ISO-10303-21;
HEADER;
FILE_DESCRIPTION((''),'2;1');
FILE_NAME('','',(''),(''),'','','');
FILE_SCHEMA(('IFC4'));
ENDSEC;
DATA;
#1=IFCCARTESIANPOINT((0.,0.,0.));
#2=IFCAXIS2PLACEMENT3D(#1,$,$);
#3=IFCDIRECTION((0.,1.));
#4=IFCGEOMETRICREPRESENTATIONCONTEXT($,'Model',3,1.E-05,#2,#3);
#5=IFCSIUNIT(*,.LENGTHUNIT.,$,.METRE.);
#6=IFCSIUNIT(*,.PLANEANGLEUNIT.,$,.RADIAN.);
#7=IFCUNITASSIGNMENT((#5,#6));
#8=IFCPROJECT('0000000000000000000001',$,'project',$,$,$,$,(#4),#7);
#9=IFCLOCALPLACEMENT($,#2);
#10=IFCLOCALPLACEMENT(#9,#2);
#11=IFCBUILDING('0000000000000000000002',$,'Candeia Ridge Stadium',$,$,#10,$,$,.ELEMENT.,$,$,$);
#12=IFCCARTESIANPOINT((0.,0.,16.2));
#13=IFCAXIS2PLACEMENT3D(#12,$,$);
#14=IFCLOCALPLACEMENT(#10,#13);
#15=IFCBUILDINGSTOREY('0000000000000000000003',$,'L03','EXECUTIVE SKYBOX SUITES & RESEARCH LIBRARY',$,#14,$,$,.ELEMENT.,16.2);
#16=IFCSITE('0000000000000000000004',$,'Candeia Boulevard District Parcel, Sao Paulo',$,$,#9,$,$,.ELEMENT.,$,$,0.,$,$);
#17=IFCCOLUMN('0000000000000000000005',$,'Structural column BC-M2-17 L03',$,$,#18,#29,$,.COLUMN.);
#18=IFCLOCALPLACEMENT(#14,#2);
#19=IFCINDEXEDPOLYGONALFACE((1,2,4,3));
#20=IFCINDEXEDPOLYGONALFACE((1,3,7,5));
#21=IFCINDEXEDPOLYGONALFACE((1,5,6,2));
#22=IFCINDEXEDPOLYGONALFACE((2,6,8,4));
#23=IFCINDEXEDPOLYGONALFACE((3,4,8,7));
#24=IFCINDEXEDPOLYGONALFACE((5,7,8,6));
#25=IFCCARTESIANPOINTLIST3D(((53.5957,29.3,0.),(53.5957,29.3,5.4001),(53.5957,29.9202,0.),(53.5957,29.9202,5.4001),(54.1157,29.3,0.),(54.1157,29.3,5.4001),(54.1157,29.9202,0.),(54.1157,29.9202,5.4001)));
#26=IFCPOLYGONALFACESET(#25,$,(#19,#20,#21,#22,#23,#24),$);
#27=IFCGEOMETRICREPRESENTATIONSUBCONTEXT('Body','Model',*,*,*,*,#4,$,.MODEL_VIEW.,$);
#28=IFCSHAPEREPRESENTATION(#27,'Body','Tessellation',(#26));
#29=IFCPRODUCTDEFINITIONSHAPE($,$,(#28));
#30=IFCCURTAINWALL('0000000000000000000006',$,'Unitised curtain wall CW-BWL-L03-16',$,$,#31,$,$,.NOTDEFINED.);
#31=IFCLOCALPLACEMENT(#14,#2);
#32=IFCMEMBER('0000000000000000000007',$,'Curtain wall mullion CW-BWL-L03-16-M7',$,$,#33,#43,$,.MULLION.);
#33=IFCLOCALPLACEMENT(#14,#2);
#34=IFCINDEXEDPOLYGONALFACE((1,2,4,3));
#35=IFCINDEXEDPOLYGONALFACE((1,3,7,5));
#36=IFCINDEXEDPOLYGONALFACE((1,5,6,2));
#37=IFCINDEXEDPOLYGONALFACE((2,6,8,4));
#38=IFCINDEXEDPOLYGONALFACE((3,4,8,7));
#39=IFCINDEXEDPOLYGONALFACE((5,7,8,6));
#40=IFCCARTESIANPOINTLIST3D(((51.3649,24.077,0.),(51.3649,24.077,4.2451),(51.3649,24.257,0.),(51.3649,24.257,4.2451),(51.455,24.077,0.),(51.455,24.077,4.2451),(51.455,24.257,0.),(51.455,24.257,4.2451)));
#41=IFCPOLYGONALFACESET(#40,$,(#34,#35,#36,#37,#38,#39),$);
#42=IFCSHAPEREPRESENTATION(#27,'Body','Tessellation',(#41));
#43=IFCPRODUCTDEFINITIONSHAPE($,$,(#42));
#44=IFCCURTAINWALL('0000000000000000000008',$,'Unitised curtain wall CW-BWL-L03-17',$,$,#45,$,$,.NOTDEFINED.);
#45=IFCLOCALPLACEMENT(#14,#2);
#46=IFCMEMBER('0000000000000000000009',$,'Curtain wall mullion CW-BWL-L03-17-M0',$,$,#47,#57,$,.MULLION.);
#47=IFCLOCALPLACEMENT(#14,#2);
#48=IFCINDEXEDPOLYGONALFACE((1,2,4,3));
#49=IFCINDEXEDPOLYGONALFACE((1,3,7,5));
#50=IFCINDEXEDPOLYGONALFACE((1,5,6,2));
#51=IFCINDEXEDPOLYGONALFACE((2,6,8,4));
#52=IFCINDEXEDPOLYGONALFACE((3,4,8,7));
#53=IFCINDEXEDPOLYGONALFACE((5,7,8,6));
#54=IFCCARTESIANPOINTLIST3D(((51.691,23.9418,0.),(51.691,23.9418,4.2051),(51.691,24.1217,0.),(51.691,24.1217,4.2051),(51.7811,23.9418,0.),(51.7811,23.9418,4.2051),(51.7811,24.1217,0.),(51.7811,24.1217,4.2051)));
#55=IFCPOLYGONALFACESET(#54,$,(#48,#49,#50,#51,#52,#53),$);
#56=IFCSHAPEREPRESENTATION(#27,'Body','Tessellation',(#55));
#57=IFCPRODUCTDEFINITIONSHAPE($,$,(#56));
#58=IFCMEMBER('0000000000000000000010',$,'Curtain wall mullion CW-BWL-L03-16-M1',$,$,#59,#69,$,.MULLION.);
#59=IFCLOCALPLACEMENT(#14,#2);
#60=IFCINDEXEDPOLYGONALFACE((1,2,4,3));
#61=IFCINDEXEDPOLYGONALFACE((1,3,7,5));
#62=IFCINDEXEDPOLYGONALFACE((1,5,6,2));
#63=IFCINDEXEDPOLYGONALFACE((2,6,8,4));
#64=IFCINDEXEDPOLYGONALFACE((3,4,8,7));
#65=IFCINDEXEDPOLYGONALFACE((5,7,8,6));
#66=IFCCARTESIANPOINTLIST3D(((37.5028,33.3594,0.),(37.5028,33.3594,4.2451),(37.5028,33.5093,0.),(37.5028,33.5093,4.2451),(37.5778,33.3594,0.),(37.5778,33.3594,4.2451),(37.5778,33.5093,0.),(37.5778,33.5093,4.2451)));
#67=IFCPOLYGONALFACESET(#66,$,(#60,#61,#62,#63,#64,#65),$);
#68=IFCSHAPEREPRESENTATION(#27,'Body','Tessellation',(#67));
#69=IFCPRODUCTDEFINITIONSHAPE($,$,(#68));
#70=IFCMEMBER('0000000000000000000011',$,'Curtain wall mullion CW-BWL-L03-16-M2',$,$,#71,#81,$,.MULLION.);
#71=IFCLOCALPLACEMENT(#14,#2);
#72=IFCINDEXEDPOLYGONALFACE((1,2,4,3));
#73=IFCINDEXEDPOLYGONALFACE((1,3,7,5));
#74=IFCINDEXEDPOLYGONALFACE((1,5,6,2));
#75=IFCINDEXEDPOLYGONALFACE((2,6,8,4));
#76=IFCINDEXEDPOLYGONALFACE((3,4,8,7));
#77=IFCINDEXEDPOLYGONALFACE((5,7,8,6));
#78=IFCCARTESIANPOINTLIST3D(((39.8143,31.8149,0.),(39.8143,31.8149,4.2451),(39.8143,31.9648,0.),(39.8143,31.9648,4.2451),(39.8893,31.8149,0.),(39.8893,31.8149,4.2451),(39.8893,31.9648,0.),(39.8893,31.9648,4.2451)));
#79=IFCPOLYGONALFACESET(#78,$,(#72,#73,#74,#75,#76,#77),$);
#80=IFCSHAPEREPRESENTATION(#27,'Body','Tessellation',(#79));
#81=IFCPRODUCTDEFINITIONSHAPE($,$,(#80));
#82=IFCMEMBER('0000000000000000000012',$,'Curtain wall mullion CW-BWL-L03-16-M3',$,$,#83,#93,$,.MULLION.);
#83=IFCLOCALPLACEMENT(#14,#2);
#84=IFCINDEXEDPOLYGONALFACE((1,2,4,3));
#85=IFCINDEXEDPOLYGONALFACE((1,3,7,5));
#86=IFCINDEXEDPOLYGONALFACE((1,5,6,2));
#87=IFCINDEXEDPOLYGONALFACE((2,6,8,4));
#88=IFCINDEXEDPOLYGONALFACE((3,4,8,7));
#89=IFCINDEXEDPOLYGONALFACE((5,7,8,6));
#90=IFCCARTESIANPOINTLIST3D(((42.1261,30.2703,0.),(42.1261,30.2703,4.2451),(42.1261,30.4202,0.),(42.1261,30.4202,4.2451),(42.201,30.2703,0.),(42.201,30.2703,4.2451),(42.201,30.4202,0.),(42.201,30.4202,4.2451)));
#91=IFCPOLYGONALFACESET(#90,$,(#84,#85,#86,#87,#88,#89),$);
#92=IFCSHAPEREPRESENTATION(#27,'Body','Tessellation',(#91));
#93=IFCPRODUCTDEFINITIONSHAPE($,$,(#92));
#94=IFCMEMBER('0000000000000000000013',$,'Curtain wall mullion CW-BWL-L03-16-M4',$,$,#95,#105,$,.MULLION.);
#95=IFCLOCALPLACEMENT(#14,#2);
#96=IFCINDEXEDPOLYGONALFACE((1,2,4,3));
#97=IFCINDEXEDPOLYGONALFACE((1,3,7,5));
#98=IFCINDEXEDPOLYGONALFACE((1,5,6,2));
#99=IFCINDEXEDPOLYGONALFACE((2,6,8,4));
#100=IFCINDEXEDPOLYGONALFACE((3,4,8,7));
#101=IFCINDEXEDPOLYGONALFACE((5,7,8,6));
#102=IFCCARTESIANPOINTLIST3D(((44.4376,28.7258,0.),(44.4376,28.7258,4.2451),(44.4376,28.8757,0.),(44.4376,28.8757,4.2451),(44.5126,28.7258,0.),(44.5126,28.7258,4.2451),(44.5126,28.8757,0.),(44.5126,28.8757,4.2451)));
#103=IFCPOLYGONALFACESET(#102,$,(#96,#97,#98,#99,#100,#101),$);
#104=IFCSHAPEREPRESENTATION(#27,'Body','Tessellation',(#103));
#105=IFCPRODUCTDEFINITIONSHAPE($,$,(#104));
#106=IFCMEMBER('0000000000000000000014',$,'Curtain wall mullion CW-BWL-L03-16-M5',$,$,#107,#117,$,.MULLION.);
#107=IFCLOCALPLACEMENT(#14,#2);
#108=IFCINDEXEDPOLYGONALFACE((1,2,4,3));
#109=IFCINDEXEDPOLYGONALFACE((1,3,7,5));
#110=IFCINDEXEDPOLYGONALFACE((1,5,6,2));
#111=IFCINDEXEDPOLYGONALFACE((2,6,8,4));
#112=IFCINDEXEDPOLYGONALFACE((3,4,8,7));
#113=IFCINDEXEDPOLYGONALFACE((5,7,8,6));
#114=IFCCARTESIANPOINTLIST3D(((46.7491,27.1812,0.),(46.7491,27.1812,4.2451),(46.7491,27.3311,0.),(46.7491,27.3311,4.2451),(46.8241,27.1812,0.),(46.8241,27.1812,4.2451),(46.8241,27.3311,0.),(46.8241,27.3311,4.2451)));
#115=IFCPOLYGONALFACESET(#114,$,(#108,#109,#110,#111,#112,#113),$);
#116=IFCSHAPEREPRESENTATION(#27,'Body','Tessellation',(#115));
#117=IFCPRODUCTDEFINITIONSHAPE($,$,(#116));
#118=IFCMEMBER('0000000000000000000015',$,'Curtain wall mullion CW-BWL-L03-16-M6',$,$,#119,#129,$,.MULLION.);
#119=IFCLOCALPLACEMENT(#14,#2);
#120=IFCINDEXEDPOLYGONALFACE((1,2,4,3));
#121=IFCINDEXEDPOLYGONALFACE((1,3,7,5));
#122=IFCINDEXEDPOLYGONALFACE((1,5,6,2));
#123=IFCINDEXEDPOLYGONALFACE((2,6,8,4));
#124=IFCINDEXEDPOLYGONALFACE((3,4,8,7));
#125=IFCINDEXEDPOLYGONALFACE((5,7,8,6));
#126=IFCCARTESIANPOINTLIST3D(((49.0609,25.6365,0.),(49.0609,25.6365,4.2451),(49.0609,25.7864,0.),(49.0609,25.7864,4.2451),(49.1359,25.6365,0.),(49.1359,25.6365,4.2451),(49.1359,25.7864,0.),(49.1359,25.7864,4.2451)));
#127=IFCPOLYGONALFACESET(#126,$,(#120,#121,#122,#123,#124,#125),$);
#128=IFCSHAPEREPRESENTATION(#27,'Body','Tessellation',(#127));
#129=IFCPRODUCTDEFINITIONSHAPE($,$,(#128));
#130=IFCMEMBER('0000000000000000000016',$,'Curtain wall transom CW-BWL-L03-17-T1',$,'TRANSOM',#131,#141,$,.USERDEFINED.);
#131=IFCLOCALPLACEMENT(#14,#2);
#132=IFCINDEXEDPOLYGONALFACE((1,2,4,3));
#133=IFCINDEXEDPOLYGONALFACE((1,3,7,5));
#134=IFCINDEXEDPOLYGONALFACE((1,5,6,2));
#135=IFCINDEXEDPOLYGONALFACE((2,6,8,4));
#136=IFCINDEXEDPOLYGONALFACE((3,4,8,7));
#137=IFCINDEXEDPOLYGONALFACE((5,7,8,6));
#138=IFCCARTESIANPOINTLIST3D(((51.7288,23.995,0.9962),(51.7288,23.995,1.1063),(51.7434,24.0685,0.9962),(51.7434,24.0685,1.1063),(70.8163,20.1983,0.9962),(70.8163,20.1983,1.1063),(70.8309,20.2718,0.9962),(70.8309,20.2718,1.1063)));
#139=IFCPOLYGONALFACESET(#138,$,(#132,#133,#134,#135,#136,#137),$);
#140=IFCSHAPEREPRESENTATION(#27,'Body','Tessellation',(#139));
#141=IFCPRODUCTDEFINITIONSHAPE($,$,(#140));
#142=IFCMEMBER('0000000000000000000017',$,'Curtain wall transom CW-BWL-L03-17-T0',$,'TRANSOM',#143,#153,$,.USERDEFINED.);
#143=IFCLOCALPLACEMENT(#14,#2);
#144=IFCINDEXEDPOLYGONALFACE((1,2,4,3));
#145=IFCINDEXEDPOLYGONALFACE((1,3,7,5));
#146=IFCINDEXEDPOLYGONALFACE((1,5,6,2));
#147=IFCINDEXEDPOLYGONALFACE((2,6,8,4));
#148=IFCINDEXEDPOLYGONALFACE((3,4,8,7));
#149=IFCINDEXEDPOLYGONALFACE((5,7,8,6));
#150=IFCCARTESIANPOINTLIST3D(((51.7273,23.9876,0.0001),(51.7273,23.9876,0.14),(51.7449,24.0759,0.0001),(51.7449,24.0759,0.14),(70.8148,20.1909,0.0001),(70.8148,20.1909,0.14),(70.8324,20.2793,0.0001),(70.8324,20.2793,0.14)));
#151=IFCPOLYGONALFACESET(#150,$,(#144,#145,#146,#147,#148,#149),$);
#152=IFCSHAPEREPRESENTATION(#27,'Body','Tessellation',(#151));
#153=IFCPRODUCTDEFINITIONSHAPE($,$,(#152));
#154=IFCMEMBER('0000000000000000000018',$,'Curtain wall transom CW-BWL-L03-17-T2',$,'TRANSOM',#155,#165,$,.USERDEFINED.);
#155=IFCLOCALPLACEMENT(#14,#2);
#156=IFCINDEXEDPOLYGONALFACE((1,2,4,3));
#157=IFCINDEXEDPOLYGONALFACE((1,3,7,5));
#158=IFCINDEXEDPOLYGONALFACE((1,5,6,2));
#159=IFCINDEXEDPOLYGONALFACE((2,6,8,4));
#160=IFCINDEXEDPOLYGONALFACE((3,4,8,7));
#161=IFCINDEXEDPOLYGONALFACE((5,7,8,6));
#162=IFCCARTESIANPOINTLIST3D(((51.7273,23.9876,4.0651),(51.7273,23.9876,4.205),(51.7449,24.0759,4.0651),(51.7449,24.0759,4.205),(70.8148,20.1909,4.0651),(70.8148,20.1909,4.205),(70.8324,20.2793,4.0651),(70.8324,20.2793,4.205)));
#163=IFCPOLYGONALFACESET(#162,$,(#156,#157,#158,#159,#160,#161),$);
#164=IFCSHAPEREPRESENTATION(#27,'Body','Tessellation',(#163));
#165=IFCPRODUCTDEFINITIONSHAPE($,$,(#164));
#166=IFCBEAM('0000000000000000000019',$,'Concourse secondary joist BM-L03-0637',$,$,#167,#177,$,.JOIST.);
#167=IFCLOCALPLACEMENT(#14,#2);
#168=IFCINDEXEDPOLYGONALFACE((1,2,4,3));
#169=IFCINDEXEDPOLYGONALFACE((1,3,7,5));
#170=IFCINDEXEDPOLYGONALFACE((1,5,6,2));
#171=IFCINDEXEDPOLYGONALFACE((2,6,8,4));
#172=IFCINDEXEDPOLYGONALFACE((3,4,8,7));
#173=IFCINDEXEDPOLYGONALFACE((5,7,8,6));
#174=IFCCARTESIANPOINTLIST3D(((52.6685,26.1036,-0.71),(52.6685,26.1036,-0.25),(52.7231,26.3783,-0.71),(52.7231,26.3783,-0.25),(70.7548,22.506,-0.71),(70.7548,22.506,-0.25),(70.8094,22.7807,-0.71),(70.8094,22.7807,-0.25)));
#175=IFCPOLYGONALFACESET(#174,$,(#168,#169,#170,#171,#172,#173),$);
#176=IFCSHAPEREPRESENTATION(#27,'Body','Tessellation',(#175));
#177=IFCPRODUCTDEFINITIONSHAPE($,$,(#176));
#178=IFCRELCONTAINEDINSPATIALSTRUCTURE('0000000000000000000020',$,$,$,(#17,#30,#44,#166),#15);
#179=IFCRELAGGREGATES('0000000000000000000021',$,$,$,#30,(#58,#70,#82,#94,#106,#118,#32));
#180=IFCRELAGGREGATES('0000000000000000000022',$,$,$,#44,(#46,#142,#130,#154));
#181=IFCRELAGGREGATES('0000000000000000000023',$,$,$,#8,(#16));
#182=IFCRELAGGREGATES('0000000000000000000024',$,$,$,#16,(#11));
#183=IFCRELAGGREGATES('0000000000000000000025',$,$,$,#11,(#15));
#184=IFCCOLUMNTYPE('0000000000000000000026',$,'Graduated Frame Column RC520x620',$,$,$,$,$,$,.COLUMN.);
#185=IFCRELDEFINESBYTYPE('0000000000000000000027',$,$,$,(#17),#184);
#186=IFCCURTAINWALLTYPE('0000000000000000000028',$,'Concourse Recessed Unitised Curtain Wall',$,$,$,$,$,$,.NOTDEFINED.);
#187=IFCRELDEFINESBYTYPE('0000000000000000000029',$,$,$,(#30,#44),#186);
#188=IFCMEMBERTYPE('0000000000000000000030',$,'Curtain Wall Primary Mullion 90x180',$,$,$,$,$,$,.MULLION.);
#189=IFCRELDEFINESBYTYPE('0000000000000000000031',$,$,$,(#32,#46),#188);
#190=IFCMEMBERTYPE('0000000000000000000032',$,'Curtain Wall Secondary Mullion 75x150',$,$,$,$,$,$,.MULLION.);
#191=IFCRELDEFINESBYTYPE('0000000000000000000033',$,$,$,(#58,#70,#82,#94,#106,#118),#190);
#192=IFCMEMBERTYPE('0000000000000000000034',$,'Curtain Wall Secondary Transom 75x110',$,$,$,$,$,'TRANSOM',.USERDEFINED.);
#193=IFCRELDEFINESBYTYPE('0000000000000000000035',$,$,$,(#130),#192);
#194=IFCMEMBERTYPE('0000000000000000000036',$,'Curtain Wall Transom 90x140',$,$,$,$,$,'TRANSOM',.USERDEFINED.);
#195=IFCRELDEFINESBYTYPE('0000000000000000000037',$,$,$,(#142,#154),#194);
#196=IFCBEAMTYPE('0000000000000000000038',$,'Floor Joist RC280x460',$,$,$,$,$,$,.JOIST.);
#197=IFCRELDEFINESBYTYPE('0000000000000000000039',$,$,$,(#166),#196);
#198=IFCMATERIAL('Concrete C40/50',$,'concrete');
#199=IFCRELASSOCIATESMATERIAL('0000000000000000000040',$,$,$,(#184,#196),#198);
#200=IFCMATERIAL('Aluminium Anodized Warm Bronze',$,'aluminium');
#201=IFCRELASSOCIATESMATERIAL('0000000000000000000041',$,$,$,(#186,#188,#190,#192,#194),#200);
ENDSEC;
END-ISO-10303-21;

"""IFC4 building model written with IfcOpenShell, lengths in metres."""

from ifc_helpers import new_model, si_unit, direction, frame, origin, origin_2d, place, context, subcontext, project, spatial, rectangle, extrude, material, material_profile, profile_set, type_object, element, aggregate, save


model = new_model("IFC4")

# Units and contexts
model_context = context("Model", 3, precision=1e-05, world=origin(), true_north=direction((0.0, 1.0)))
body_context = subcontext(model_context, "Body", "Model", "MODEL_VIEW")
ifc_project = project(units=[si_unit("LENGTHUNIT", "METRE"), si_unit("PLANEANGLEUNIT", "RADIAN")], contexts=[model_context])

# Site, building, storey
site_placement = place(None, origin())
site = spatial("IfcSite", under=ifc_project, at=site_placement, Name="Candeia Boulevard District Parcel, Sao Paulo", CompositionType="ELEMENT", RefElevation=0.0)
building_placement = place(site_placement, origin())
building = spatial("IfcBuilding", under=site, at=building_placement, Name="Candeia Ridge Stadium", CompositionType="ELEMENT")
storey_placement = place(building_placement, frame((0.0, 0.0, 16.2)))
storey = spatial("IfcBuildingStorey", under=building, at=storey_placement, Name="L03", Description="EXECUTIVE SKYBOX SUITES & RESEARCH LIBRARY", CompositionType="ELEMENT", Elevation=16.2)

# Column
ifc_material_1 = material(Name="Concrete C40/50", Category="concrete")
ifc_material_profile_1 = material_profile(ifc_material_1, rectangle(XDim=0.52, YDim=0.6201, at=origin_2d()), Name="RC520x620", Category="concrete")
ifc_profile_set_1 = profile_set([ifc_material_profile_1], Name="Concrete C40/50")
column_type = type_object("IfcColumnType", Name="Graduated Frame Column RC520x620", PredefinedType="COLUMN", material=ifc_profile_set_1)
column_placement = place(storey_placement, frame((53.8557, 29.6101, 0.0), z_axis=(0.0, 0.0, 1.0), x_axis=(1.0, 0.0, 0.0)))
element("IfcColumn", 1, at=column_placement, inside=storey, type_object=column_type, Name="Structural column BC-M2-17 L03", PredefinedType="COLUMN", context=body_context, shape_type="SweptSolid", body=[
    extrude(rectangle(XDim=0.52, YDim=0.6201, at=origin_2d()), origin(), (0.0, 0.0, 1.0), 5.4001),
])

# Curtain walls, members
ifc_material_2 = material(Name="Aluminium Anodized Warm Bronze", Category="aluminium")
curtain_wall_type = type_object("IfcCurtainWallType", Name="Concourse Recessed Unitised Curtain Wall", PredefinedType="NOTDEFINED", material=ifc_material_2)
curtain_wall_1_placement = place(storey_placement, origin())
curtain_wall_1 = element("IfcCurtainWall", 2, at=curtain_wall_1_placement, inside=storey, type_object=curtain_wall_type, Name="Unitised curtain wall CW-BWL-L03-16", PredefinedType="NOTDEFINED")
ifc_material_profile_2 = material_profile(ifc_material_2, rectangle(XDim=0.0901, YDim=0.1799, at=origin_2d()), Name="CWM-90x180", Category="aluminium")
ifc_profile_set_2 = profile_set([ifc_material_profile_2], Name="Aluminium Anodized Warm Bronze")
member_type_1 = type_object("IfcMemberType", Name="Curtain Wall Primary Mullion 90x180", PredefinedType="MULLION", material=ifc_profile_set_2)
member_1_placement = place(storey_placement, frame((51.4099, 24.167, 0.0), z_axis=(0.0, 0.0, 1.0), x_axis=(1.0, 0.0, 0.0)))
member_1 = element("IfcMember", 3, at=member_1_placement, type_object=member_type_1, Name="Curtain wall mullion CW-BWL-L03-16-M7", PredefinedType="MULLION", context=body_context, shape_type="SweptSolid", body=[
    extrude(rectangle(XDim=0.0901, YDim=0.1799, at=origin_2d()), origin(), (0.0, 0.0, 1.0), 4.2451),
])
curtain_wall_2_placement = place(storey_placement, origin())
curtain_wall_2 = element("IfcCurtainWall", 4, at=curtain_wall_2_placement, inside=storey, type_object=curtain_wall_type, Name="Unitised curtain wall CW-BWL-L03-17", PredefinedType="NOTDEFINED")
member_2_placement = place(storey_placement, frame((51.7361, 24.0317, 0.0), z_axis=(0.0, 0.0, 1.0), x_axis=(1.0, 0.0, 0.0)))
member_2 = element("IfcMember", 5, at=member_2_placement, type_object=member_type_1, Name="Curtain wall mullion CW-BWL-L03-17-M0", PredefinedType="MULLION", context=body_context, shape_type="SweptSolid", body=[
    extrude(rectangle(XDim=0.0901, YDim=0.1799, at=origin_2d()), origin(), (0.0, 0.0, 1.0), 4.2051),
])

# Members
ifc_material_profile_3 = material_profile(ifc_material_2, rectangle(XDim=0.075, YDim=0.1499, at=origin_2d()), Name="CWM-75x150", Category="aluminium")
ifc_profile_set_3 = profile_set([ifc_material_profile_3], Name="Aluminium Anodized Warm Bronze")
member_type_2 = type_object("IfcMemberType", Name="Curtain Wall Secondary Mullion 75x150", PredefinedType="MULLION", material=ifc_profile_set_3)
member_3_placement = place(storey_placement, frame((37.5403, 33.4343, 0.0), z_axis=(0.0, 0.0, 1.0), x_axis=(1.0, 0.0, 0.0)))
member_3 = element("IfcMember", 6, at=member_3_placement, type_object=member_type_2, Name="Curtain wall mullion CW-BWL-L03-16-M1", PredefinedType="MULLION", context=body_context, shape_type="SweptSolid", body=[
    extrude(rectangle(XDim=0.075, YDim=0.1499, at=origin_2d()), origin(), (0.0, 0.0, 1.0), 4.2451),
])
member_4_placement = place(storey_placement, frame((39.8518, 31.8899, 0.0), z_axis=(0.0, 0.0, 1.0), x_axis=(1.0, 0.0, 0.0)))
member_4 = element("IfcMember", 7, at=member_4_placement, type_object=member_type_2, Name="Curtain wall mullion CW-BWL-L03-16-M2", PredefinedType="MULLION", context=body_context, shape_type="SweptSolid", body=[
    extrude(rectangle(XDim=0.075, YDim=0.1499, at=origin_2d()), origin(), (0.0, 0.0, 1.0), 4.2451),
])
member_5_placement = place(storey_placement, frame((42.1636, 30.3452, 0.0), z_axis=(0.0, 0.0, 1.0), x_axis=(1.0, 0.0, 0.0)))
member_5 = element("IfcMember", 8, at=member_5_placement, type_object=member_type_2, Name="Curtain wall mullion CW-BWL-L03-16-M3", PredefinedType="MULLION", context=body_context, shape_type="SweptSolid", body=[
    extrude(rectangle(XDim=0.075, YDim=0.1499, at=origin_2d()), origin(), (0.0, 0.0, 1.0), 4.2451),
])
member_6_placement = place(storey_placement, frame((44.4751, 28.8008, 0.0), z_axis=(0.0, 0.0, 1.0), x_axis=(1.0, 0.0, 0.0)))
member_6 = element("IfcMember", 9, at=member_6_placement, type_object=member_type_2, Name="Curtain wall mullion CW-BWL-L03-16-M4", PredefinedType="MULLION", context=body_context, shape_type="SweptSolid", body=[
    extrude(rectangle(XDim=0.075, YDim=0.1499, at=origin_2d()), origin(), (0.0, 0.0, 1.0), 4.2451),
])
member_7_placement = place(storey_placement, frame((46.7866, 27.2561, 0.0), z_axis=(0.0, 0.0, 1.0), x_axis=(1.0, 0.0, 0.0)))
member_7 = element("IfcMember", 10, at=member_7_placement, type_object=member_type_2, Name="Curtain wall mullion CW-BWL-L03-16-M5", PredefinedType="MULLION", context=body_context, shape_type="SweptSolid", body=[
    extrude(rectangle(XDim=0.075, YDim=0.1499, at=origin_2d()), origin(), (0.0, 0.0, 1.0), 4.2451),
])
member_8_placement = place(storey_placement, frame((49.0984, 25.7114, 0.0), z_axis=(0.0, 0.0, 1.0), x_axis=(1.0, 0.0, 0.0)))
member_8 = element("IfcMember", 11, at=member_8_placement, type_object=member_type_2, Name="Curtain wall mullion CW-BWL-L03-16-M6", PredefinedType="MULLION", context=body_context, shape_type="SweptSolid", body=[
    extrude(rectangle(XDim=0.075, YDim=0.1499, at=origin_2d()), origin(), (0.0, 0.0, 1.0), 4.2451),
])
ifc_material_profile_4 = material_profile(ifc_material_2, rectangle(XDim=0.075, YDim=0.1101, at=origin_2d()), Name="CWT-75x110", Category="aluminium")
ifc_profile_set_4 = profile_set([ifc_material_profile_4], Name="Aluminium Anodized Warm Bronze")
member_type_3 = type_object("IfcMemberType", Name="Curtain Wall Secondary Transom 75x110", ElementType="TRANSOM", PredefinedType="USERDEFINED", material=ifc_profile_set_4)
member_9_placement = place(storey_placement, frame((51.7361, 24.0317, 1.0513), z_axis=(0.980786, -0.195086, 0.0), x_axis=(0.195086, 0.980786, 0.0)))
member_9 = element("IfcMember", 12, at=member_9_placement, type_object=member_type_3, Name="Curtain wall transom CW-BWL-L03-17-T1", ObjectType="TRANSOM", PredefinedType="USERDEFINED", context=body_context, shape_type="SweptSolid", body=[
    extrude(rectangle(XDim=0.075, YDim=0.1101, at=origin_2d()), origin(), (0.0, 0.0, 1.0), 19.4614),
])
ifc_material_profile_5 = material_profile(ifc_material_2, rectangle(XDim=0.0901, YDim=0.1399, at=origin_2d()), Name="CWT-90x140", Category="aluminium")
ifc_profile_set_5 = profile_set([ifc_material_profile_5], Name="Aluminium Anodized Warm Bronze")
member_type_4 = type_object("IfcMemberType", Name="Curtain Wall Transom 90x140", ElementType="TRANSOM", PredefinedType="USERDEFINED", material=ifc_profile_set_5)
member_10_placement = place(storey_placement, frame((51.7361, 24.0317, 0.0701), z_axis=(0.980786, -0.195086, 0.0), x_axis=(0.195086, 0.980786, 0.0)))
member_10 = element("IfcMember", 13, at=member_10_placement, type_object=member_type_4, Name="Curtain wall transom CW-BWL-L03-17-T0", ObjectType="TRANSOM", PredefinedType="USERDEFINED", context=body_context, shape_type="SweptSolid", body=[
    extrude(rectangle(XDim=0.0901, YDim=0.1399, at=origin_2d()), origin(), (0.0, 0.0, 1.0), 19.4614),
])
member_11_placement = place(storey_placement, frame((51.7361, 24.0317, 4.135), z_axis=(0.980786, -0.195086, 0.0), x_axis=(0.195086, 0.980786, 0.0)))
member_11 = element("IfcMember", 14, at=member_11_placement, type_object=member_type_4, Name="Curtain wall transom CW-BWL-L03-17-T2", ObjectType="TRANSOM", PredefinedType="USERDEFINED", context=body_context, shape_type="SweptSolid", body=[
    extrude(rectangle(XDim=0.0901, YDim=0.1399, at=origin_2d()), origin(), (0.0, 0.0, 1.0), 19.4614),
])

# Beam
ifc_material_profile_6 = material_profile(ifc_material_1, rectangle(XDim=0.28, YDim=0.46, at=origin_2d()), Name="RC280x460", Category="concrete")
ifc_profile_set_6 = profile_set([ifc_material_profile_6], Name="Concrete C40/50")
beam_type_1 = type_object("IfcBeamType", Name="Floor Joist RC280x460", PredefinedType="JOIST", material=ifc_profile_set_6)
beam_1_placement = place(storey_placement, frame((52.6958, 26.241, -0.48), z_axis=(0.980785, -0.195093, 0.0), x_axis=(0.195093, 0.980785, 0.0)))
element("IfcBeam", 15, at=beam_1_placement, inside=storey, type_object=beam_type_1, Name="Concourse secondary joist BM-L03-0637", PredefinedType="JOIST", context=body_context, shape_type="SweptSolid", body=[
    extrude(rectangle(XDim=0.28, YDim=0.46, at=origin_2d()), origin(), (0.0, 0.0, 1.0), 18.4407),
])

aggregate(curtain_wall_1, [member_3, member_4, member_5, member_6, member_7, member_8, member_1])
aggregate(curtain_wall_2, [member_2, member_10, member_9, member_11])

save(model, "model.ifc")
